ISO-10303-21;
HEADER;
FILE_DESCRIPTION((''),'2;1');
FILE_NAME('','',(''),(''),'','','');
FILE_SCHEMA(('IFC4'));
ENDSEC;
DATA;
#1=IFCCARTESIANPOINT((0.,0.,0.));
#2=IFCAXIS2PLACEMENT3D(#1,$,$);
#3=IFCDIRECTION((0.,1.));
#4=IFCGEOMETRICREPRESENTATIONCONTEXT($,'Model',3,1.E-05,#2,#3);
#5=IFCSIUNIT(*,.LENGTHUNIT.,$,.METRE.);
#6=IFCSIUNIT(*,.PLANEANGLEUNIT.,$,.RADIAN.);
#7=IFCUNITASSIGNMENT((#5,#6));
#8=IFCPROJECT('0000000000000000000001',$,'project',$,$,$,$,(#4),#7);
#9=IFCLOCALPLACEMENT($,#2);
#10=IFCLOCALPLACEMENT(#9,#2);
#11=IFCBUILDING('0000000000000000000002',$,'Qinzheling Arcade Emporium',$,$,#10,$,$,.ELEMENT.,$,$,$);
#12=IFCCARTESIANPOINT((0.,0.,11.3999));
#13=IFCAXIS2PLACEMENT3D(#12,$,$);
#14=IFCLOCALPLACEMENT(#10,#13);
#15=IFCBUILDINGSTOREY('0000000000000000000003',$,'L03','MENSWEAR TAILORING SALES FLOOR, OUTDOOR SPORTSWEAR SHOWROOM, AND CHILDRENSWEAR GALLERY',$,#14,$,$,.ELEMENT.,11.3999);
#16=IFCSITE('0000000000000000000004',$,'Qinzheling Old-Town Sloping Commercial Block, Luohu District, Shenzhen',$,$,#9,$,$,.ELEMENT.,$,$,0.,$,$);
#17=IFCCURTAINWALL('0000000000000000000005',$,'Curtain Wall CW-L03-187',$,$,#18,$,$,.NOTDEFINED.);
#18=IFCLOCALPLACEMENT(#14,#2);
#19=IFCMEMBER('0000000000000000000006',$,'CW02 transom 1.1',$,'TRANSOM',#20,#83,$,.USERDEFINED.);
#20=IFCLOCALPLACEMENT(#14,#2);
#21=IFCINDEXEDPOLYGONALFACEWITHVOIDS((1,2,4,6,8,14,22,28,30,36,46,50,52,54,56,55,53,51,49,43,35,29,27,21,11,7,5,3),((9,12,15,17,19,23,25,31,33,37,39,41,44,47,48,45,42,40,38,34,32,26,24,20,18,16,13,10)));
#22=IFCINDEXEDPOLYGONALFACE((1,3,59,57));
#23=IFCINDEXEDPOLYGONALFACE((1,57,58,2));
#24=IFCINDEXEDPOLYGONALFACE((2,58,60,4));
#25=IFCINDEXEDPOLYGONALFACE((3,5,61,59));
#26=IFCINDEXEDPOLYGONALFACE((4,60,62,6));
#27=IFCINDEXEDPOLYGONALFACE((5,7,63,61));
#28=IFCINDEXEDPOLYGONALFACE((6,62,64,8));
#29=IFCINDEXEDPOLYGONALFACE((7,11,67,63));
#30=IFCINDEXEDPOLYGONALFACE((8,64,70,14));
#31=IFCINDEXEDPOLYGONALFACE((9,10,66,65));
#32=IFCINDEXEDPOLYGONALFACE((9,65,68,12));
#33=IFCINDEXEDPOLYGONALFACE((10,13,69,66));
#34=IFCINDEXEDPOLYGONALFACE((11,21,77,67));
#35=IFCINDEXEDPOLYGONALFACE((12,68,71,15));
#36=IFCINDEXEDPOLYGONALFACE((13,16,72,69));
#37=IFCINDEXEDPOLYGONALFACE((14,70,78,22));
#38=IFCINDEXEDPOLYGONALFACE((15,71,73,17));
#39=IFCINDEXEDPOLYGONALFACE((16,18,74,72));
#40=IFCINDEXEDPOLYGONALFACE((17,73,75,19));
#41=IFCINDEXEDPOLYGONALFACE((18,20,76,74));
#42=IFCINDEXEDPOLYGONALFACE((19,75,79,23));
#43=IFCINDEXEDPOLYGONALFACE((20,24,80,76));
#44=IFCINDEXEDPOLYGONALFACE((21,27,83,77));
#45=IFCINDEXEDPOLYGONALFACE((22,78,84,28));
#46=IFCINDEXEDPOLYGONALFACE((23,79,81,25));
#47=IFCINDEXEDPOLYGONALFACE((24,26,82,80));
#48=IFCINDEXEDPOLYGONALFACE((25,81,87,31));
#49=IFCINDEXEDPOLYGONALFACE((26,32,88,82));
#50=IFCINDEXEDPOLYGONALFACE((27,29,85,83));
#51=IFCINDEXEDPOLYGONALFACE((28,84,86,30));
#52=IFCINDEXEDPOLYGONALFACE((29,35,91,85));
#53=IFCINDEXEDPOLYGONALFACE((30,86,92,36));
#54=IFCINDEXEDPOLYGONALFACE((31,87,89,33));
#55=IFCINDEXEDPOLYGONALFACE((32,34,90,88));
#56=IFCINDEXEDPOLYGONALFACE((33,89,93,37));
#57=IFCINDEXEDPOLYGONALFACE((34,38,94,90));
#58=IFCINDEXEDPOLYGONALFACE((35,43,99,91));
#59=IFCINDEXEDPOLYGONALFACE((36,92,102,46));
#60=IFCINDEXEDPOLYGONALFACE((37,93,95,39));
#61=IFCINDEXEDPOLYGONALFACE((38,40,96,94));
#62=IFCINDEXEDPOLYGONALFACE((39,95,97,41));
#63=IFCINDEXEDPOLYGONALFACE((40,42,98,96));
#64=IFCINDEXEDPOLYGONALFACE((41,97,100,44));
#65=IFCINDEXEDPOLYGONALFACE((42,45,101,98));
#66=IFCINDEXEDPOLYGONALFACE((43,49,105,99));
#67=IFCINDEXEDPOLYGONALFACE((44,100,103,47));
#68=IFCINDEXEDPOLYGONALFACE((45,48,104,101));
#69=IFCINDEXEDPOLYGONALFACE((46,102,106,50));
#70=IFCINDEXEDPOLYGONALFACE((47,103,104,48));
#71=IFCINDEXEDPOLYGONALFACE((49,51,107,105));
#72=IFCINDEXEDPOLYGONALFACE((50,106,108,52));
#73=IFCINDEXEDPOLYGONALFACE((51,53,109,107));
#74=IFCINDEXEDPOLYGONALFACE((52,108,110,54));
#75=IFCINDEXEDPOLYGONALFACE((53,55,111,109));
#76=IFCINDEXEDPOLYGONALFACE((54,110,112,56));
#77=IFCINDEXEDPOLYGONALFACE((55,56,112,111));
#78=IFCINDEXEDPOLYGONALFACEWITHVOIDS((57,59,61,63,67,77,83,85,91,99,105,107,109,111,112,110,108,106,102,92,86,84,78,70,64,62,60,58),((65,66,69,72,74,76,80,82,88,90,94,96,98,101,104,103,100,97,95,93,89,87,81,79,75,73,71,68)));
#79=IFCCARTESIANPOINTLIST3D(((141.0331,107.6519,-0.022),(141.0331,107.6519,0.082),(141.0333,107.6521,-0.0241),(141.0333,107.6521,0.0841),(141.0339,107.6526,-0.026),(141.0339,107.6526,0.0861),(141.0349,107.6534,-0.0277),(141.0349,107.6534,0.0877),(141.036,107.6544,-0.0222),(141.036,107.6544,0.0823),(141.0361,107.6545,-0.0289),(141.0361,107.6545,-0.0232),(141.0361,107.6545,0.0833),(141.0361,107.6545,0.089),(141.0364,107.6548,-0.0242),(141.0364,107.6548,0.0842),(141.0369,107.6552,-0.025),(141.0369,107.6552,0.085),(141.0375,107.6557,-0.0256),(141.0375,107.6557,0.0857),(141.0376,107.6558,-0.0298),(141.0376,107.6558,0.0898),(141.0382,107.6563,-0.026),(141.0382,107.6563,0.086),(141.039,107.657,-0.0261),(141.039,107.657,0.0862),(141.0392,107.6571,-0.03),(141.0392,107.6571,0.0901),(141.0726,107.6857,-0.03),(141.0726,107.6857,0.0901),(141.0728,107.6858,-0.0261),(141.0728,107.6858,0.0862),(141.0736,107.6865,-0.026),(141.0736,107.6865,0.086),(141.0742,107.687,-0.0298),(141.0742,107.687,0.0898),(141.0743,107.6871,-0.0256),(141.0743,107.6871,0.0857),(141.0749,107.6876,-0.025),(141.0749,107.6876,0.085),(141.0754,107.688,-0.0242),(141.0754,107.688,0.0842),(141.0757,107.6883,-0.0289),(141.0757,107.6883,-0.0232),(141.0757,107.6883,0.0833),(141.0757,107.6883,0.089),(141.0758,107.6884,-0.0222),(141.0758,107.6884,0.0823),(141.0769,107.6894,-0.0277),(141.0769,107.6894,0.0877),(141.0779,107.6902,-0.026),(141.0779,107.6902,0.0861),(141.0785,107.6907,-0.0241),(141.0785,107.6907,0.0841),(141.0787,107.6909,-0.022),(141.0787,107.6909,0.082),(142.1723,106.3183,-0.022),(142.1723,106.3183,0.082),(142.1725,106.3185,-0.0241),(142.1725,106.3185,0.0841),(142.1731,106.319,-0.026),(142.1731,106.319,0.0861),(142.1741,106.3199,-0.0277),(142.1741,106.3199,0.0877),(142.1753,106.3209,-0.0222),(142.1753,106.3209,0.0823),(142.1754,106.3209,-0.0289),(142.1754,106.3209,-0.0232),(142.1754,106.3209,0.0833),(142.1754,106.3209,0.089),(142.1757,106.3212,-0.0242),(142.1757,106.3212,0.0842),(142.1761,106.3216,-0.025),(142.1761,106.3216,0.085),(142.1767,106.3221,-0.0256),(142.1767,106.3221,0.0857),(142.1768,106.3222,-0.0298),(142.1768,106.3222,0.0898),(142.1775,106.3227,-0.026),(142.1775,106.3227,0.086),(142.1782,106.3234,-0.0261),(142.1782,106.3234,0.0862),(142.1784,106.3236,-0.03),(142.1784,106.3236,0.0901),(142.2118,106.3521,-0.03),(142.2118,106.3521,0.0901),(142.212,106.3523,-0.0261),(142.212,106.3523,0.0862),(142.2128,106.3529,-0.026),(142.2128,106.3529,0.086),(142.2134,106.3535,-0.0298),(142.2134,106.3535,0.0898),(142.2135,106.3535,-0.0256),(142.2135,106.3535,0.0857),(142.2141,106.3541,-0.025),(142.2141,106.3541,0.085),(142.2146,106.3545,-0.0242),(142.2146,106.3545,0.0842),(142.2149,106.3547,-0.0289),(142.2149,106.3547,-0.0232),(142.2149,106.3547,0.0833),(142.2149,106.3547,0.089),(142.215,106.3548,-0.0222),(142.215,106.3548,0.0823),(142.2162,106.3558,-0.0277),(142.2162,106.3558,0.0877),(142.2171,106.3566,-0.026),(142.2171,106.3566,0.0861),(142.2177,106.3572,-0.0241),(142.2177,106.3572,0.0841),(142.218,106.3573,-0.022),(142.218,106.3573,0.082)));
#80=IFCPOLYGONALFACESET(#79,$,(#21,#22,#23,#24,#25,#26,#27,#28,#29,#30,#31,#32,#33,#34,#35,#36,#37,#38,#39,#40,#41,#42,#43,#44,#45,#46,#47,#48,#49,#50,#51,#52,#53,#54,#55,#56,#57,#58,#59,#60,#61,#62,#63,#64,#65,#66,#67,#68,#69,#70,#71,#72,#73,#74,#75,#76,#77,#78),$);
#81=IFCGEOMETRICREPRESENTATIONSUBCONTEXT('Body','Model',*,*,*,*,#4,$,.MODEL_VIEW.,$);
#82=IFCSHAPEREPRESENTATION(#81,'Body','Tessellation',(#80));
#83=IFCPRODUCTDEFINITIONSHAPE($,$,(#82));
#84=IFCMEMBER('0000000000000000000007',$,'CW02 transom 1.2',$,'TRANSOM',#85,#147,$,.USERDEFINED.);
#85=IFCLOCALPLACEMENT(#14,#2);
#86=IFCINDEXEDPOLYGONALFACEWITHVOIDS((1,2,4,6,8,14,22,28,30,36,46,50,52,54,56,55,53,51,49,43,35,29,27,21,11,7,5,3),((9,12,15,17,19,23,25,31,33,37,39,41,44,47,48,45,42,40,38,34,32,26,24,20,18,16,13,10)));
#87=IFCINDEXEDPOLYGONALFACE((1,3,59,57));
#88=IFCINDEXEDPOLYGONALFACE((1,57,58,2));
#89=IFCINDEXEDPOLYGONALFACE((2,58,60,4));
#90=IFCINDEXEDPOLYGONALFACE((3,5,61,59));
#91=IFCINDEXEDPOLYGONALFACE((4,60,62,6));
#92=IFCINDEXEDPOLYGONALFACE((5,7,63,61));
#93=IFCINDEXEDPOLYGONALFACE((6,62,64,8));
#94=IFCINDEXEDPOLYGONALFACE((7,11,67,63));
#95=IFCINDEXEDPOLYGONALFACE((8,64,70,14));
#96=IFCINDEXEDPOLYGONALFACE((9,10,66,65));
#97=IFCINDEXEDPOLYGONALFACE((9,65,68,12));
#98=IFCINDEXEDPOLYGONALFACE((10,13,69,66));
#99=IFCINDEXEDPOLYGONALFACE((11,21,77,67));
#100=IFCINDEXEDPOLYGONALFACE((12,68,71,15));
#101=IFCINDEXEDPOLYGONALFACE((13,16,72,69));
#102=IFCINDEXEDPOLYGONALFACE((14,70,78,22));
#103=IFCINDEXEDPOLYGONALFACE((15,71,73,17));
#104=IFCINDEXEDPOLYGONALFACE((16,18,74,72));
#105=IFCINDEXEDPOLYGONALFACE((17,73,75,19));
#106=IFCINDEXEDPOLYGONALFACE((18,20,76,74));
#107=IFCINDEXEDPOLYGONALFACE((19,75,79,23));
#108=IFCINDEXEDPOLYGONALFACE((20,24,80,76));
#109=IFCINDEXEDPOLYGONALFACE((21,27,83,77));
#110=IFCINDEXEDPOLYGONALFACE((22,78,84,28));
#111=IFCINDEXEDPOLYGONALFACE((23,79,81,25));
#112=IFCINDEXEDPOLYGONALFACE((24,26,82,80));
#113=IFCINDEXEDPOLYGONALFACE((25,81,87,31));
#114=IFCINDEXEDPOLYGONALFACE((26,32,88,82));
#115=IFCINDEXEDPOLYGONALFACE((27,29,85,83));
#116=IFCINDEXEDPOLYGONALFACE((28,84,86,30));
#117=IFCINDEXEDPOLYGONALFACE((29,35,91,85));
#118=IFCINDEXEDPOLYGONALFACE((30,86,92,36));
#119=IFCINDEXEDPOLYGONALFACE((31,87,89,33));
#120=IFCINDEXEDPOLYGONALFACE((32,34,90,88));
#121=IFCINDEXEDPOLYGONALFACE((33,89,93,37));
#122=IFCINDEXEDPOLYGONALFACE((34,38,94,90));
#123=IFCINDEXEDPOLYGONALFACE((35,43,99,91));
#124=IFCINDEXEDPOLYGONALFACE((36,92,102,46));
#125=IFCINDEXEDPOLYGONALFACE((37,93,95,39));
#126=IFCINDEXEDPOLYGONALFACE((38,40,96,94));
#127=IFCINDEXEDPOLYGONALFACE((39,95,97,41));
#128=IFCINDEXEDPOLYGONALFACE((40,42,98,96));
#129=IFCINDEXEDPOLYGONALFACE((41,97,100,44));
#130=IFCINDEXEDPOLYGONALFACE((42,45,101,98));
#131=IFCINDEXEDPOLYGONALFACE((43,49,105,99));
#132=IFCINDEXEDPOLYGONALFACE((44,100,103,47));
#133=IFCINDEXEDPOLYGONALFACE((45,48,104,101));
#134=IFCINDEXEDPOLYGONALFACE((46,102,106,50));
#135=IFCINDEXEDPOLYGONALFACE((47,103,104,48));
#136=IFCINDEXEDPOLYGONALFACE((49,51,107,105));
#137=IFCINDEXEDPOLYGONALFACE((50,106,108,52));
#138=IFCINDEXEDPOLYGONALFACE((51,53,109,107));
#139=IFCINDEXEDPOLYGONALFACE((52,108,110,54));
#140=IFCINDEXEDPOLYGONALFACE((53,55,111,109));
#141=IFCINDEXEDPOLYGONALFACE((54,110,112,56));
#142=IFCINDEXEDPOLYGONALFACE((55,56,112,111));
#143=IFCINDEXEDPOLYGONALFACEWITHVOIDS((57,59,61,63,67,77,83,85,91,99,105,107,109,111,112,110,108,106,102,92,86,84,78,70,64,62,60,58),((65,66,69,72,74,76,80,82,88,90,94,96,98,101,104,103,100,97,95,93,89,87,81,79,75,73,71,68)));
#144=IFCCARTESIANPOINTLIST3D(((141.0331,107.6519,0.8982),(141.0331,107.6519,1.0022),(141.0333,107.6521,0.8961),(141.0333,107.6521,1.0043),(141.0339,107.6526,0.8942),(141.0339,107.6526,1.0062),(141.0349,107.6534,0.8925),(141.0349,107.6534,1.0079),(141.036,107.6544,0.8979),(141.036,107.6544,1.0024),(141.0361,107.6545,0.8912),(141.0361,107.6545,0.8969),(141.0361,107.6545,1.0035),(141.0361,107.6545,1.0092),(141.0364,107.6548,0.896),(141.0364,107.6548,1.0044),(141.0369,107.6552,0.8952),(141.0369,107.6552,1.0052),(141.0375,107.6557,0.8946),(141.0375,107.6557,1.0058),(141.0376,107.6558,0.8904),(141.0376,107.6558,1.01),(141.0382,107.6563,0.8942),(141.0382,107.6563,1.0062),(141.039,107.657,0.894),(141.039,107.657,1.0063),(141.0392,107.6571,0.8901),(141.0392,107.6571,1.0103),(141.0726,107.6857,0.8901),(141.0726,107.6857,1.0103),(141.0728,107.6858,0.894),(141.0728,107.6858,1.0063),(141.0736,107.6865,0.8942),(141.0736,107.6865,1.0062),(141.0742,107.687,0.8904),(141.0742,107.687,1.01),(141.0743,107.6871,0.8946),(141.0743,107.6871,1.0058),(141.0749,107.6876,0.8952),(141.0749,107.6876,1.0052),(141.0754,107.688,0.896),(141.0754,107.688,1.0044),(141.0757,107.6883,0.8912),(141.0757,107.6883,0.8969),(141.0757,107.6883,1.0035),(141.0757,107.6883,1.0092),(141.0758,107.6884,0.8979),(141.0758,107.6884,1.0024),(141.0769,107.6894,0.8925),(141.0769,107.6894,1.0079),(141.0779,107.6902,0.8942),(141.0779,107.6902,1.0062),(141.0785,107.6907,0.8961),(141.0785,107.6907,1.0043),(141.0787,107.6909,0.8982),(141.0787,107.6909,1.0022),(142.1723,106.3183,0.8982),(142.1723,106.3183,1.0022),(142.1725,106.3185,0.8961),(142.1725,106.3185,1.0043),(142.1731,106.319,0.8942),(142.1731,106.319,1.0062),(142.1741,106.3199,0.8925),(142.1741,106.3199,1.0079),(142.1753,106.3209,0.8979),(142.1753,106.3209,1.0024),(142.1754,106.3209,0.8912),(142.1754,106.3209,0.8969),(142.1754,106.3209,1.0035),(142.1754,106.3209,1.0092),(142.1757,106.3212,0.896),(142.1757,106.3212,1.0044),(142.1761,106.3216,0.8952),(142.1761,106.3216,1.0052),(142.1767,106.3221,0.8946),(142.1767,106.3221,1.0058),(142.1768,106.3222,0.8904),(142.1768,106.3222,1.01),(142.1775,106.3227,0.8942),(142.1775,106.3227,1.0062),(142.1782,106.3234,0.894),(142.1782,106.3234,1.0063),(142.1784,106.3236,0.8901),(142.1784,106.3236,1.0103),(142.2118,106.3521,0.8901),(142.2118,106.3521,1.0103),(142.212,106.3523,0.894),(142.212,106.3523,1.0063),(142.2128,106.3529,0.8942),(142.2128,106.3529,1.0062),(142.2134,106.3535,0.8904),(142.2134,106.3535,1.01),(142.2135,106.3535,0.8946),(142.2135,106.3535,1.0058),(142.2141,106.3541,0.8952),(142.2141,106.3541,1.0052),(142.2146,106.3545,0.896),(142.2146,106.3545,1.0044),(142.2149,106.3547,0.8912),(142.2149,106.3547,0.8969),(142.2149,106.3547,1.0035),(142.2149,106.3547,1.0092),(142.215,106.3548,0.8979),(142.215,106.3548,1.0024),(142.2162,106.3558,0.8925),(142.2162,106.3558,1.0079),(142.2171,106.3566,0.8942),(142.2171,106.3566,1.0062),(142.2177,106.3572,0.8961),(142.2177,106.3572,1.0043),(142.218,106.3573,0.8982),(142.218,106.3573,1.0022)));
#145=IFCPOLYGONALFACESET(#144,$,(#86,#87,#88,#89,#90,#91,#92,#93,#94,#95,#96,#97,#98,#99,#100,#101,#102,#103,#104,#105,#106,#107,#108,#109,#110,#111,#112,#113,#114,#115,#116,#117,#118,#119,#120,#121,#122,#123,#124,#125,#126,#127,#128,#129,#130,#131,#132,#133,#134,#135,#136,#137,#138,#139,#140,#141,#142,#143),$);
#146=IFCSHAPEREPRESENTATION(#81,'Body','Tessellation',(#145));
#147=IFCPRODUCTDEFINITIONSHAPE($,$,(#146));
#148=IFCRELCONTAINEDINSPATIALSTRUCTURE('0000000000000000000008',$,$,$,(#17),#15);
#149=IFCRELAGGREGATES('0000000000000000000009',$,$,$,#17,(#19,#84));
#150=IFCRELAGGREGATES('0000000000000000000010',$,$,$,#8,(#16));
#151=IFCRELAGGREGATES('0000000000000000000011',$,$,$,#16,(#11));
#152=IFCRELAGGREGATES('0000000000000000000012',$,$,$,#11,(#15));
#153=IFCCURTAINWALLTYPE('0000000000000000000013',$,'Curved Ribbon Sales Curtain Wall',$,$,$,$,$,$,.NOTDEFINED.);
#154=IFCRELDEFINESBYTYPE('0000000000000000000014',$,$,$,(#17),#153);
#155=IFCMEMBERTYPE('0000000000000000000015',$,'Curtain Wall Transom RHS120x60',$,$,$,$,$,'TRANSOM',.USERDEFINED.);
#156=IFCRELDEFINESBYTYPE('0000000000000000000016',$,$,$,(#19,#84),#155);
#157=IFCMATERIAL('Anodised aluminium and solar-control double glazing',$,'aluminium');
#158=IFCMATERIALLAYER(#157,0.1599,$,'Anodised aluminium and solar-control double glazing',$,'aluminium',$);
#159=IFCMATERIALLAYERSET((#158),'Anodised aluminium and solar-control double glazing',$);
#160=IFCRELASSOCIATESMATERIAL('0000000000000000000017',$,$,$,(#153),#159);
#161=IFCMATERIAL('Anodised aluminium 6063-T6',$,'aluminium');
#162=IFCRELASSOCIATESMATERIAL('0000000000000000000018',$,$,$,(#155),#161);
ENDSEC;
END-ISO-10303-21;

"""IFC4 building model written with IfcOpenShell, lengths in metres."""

from ifc_helpers import new_model, si_unit, direction, frame, origin, origin_2d, place, context, subcontext, project, spatial, hollow_rectangle, extrude, material, layer, layer_set, material_profile, profile_set, type_object, element, aggregate, save


model = new_model("IFC4")

# Units and contexts
model_context = context("Model", 3, precision=1e-05, world=origin(), true_north=direction((0.0, 1.0)))
body_context = subcontext(model_context, "Body", "Model", "MODEL_VIEW")
ifc_project = project(units=[si_unit("LENGTHUNIT", "METRE"), si_unit("PLANEANGLEUNIT", "RADIAN")], contexts=[model_context])

# Site, building, storey
site_placement = place(None, origin())
site = spatial("IfcSite", under=ifc_project, at=site_placement, Name="Qinzheling Old-Town Sloping Commercial Block, Luohu District, Shenzhen", CompositionType="ELEMENT", RefElevation=0.0)
building_placement = place(site_placement, origin())
building = spatial("IfcBuilding", under=site, at=building_placement, Name="Qinzheling Arcade Emporium", CompositionType="ELEMENT")
storey_placement = place(building_placement, frame((0.0, 0.0, 11.3999)))
storey = spatial("IfcBuildingStorey", under=building, at=storey_placement, Name="L03", Description="MENSWEAR TAILORING SALES FLOOR, OUTDOOR SPORTSWEAR SHOWROOM, AND CHILDRENSWEAR GALLERY", CompositionType="ELEMENT", Elevation=11.3999)

# Curtain wall
ifc_material_1 = material(Name="Anodised aluminium and solar-control double glazing", Category="aluminium")
ifc_layer_1 = layer(ifc_material_1, 0.1599, Name="Anodised aluminium and solar-control double glazing", Category="aluminium")
ifc_layer_set_1 = layer_set([ifc_layer_1], Name="Anodised aluminium and solar-control double glazing")
curtain_wall_type = type_object("IfcCurtainWallType", Name="Curved Ribbon Sales Curtain Wall", PredefinedType="NOTDEFINED", material=ifc_layer_set_1)
ifc_material_2 = material(Name="Anodised aluminium 6063-T6", Category="aluminium")
curtain_wall_1_placement = place(storey_placement, origin())
curtain_wall_1 = element("IfcCurtainWall", 1, at=curtain_wall_1_placement, inside=storey, type_object=curtain_wall_type, Name="Curtain Wall CW-L03-187", PredefinedType="NOTDEFINED")

# Members
ifc_material_profile_1 = material_profile(ifc_material_2, hollow_rectangle(XDim=0.0601, YDim=0.1201, WallThickness=0.0039, InnerFilletRadius=0.0039, OuterFilletRadius=0.0081, at=origin_2d()), Name="RHS 120x60x4", Category="aluminium")
ifc_profile_set_1 = profile_set([ifc_material_profile_1], Name="Anodised aluminium 6063-T6")
member_type_1 = type_object("IfcMemberType", Name="Curtain Wall Transom RHS120x60", ElementType="TRANSOM", PredefinedType="USERDEFINED", material=ifc_profile_set_1)
member_1_placement = place(storey_placement, frame((141.0559, 107.6714, 0.03), z_axis=(0.649529, -0.760336, 0.0), x_axis=(0.760336, 0.649529, 0.0)))
member_1 = element("IfcMember", 2, at=member_1_placement, type_object=member_type_1, Name="CW02 transom 1.1", ObjectType="TRANSOM", PredefinedType="USERDEFINED", context=body_context, shape_type="SweptSolid", body=[
    extrude(hollow_rectangle(XDim=0.0601, YDim=0.1201, WallThickness=0.0039, InnerFilletRadius=0.0039, OuterFilletRadius=0.0081, at=origin_2d()), origin(), (0.0, 0.0, 1.0), 1.7539),
])
member_2_placement = place(storey_placement, frame((141.0559, 107.6714, 0.9502), z_axis=(0.649529, -0.760336, 0.0), x_axis=(0.760336, 0.649529, 0.0)))
member_2 = element("IfcMember", 3, at=member_2_placement, type_object=member_type_1, Name="CW02 transom 1.2", ObjectType="TRANSOM", PredefinedType="USERDEFINED", context=body_context, shape_type="SweptSolid", body=[
    extrude(hollow_rectangle(XDim=0.0601, YDim=0.1201, WallThickness=0.0039, InnerFilletRadius=0.0039, OuterFilletRadius=0.0081, at=origin_2d()), origin(), (0.0, 0.0, 1.0), 1.7539),
])

aggregate(curtain_wall_1, [member_1, member_2])

save(model, "model.ifc")
